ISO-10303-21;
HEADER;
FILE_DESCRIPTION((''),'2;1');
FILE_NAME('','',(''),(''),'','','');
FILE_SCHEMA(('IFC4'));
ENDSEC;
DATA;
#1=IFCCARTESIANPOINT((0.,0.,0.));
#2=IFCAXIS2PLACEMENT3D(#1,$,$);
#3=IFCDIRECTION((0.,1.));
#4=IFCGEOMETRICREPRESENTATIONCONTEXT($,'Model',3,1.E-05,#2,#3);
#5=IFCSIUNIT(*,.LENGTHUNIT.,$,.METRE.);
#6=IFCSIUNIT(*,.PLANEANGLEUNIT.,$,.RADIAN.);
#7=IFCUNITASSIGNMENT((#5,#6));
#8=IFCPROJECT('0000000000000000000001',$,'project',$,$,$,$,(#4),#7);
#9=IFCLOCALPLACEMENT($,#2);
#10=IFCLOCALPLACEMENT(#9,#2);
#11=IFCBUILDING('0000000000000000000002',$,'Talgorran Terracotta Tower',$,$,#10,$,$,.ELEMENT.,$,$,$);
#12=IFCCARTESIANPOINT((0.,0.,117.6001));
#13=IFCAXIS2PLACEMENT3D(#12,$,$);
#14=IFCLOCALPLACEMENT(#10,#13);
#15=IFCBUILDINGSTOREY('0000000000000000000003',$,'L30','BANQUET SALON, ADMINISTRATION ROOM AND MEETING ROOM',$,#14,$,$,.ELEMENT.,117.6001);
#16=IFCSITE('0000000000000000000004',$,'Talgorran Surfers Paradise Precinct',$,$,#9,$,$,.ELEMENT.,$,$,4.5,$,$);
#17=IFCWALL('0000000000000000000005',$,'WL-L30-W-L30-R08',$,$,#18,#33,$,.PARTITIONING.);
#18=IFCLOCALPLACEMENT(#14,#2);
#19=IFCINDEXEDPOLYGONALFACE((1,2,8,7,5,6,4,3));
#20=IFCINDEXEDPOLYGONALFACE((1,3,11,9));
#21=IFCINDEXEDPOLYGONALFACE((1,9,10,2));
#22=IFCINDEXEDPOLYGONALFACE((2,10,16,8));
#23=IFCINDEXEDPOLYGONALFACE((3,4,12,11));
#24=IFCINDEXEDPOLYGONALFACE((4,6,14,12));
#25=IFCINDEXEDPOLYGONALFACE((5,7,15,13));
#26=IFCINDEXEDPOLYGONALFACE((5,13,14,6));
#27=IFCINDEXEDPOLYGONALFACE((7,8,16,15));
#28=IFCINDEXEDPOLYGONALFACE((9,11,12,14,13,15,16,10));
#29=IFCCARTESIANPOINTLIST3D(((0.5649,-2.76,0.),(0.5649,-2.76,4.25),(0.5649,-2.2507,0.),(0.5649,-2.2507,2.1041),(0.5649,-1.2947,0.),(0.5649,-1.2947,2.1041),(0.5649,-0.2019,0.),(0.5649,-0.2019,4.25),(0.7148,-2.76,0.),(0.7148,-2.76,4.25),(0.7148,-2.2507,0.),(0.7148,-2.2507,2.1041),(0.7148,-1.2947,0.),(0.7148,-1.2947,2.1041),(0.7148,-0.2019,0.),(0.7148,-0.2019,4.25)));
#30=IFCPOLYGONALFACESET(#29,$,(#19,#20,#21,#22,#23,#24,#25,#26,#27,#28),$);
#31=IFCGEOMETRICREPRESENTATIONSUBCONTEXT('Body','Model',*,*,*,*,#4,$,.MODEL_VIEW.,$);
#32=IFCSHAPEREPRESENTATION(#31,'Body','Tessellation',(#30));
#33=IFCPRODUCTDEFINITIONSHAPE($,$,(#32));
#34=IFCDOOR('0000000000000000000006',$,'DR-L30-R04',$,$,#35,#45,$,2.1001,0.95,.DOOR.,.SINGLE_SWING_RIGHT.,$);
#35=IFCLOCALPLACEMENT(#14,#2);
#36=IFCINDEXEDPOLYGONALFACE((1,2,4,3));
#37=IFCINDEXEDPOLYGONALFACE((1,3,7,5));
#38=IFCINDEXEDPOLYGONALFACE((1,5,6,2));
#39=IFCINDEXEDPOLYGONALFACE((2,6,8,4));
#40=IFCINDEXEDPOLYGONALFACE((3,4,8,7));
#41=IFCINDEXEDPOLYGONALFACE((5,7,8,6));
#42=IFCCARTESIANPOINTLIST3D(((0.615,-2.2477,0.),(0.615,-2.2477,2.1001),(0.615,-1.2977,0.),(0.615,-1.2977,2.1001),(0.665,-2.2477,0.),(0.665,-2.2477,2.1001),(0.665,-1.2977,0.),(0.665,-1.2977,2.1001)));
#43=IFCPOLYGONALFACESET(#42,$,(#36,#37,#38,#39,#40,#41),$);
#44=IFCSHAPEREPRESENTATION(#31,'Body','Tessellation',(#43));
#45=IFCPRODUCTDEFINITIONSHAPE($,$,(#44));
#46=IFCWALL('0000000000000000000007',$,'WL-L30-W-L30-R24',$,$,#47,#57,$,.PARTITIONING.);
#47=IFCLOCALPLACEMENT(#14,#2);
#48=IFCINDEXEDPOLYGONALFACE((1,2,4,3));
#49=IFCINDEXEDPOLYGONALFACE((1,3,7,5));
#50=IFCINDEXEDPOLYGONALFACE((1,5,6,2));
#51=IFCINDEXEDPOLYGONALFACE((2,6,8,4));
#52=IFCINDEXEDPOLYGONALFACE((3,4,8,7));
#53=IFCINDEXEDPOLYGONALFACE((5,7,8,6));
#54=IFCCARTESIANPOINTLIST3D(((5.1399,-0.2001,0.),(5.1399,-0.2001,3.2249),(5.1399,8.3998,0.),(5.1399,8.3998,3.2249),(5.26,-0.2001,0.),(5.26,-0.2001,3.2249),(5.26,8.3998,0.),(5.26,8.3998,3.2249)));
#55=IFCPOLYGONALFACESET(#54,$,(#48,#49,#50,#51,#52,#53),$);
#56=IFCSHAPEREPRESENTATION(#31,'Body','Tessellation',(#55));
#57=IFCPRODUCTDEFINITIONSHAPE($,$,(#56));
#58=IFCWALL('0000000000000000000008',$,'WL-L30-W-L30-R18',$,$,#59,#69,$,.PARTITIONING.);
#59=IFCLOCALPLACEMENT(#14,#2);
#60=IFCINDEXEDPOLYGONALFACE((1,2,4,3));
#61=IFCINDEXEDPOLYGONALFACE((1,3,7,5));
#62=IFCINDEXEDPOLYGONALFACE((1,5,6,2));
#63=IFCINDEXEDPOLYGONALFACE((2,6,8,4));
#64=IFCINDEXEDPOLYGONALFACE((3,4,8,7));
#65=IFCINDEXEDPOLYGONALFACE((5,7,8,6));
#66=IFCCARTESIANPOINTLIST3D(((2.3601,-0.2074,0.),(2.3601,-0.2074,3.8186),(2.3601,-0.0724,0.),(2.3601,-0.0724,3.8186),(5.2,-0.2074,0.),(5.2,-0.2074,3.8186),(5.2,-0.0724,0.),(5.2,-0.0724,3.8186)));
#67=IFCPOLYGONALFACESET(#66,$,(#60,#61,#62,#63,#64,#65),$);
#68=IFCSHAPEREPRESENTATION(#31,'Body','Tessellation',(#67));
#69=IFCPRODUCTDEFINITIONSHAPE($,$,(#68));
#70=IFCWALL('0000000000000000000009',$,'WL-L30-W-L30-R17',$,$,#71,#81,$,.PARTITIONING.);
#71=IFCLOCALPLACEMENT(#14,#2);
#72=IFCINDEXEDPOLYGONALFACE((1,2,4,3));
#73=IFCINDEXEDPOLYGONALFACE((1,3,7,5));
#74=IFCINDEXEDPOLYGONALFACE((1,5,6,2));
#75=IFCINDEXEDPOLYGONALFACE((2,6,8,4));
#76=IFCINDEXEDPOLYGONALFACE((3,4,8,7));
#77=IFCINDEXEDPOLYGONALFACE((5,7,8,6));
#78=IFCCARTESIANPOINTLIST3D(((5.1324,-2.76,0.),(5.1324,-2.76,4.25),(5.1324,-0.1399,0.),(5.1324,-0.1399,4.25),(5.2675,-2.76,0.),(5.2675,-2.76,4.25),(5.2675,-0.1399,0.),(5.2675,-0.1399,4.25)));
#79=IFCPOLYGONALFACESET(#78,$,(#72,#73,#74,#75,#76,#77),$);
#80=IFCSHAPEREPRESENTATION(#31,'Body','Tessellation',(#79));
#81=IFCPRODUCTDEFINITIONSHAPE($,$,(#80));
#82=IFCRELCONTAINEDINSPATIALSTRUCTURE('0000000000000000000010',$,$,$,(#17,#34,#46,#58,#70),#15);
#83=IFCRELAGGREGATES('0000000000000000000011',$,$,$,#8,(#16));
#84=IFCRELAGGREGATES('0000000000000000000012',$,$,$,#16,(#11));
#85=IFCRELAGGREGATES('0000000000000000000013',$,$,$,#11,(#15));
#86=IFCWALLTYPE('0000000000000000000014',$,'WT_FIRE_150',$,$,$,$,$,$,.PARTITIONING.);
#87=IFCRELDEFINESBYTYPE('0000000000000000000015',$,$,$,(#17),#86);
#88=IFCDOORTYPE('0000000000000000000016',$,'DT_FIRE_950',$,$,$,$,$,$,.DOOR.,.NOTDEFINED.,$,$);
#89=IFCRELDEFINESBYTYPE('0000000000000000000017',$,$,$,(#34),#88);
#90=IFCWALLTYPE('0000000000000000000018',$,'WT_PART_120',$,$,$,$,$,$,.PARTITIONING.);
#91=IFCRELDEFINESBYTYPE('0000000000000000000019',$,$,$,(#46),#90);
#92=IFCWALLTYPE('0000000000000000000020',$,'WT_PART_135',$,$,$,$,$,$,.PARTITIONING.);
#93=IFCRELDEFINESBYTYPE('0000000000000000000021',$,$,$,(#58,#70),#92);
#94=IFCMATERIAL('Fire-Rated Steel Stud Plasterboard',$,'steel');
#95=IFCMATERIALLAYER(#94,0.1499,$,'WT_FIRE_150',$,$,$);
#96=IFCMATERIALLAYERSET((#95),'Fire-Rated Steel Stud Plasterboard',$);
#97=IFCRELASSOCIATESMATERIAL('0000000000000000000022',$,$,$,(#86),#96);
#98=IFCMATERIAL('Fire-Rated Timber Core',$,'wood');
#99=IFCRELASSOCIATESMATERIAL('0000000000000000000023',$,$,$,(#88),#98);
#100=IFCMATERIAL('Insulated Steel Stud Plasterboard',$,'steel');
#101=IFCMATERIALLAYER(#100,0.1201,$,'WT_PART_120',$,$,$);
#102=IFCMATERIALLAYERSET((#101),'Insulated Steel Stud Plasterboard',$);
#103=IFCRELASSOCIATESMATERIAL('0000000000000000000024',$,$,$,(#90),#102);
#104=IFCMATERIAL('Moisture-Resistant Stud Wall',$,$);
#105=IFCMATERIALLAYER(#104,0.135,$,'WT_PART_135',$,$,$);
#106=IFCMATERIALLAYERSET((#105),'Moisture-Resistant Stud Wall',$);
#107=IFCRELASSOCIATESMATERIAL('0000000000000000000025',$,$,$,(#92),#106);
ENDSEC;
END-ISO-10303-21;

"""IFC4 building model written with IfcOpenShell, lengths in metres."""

from ifc_helpers import new_model, si_unit, direction, frame, frame_2d, origin, place, context, subcontext, project, spatial, rectangle, extrude, material, layer, layer_set, type_object, element, fill, save


model = new_model("IFC4")

# Units and contexts
model_context = context("Model", 3, precision=1e-05, world=origin(), true_north=direction((0.0, 1.0)))
body_context = subcontext(model_context, "Body", "Model", "MODEL_VIEW")
ifc_project = project(units=[si_unit("LENGTHUNIT", "METRE"), si_unit("PLANEANGLEUNIT", "RADIAN")], contexts=[model_context])

# Site, building, storey
site_placement = place(None, origin())
site = spatial("IfcSite", under=ifc_project, at=site_placement, Name="Talgorran Surfers Paradise Precinct", CompositionType="ELEMENT", RefElevation=4.5)
building_placement = place(site_placement, origin())
building = spatial("IfcBuilding", under=site, at=building_placement, Name="Talgorran Terracotta Tower", CompositionType="ELEMENT")
storey_placement = place(building_placement, frame((0.0, 0.0, 117.6001)))
storey = spatial("IfcBuildingStorey", under=building, at=storey_placement, Name="L30", Description="BANQUET SALON, ADMINISTRATION ROOM AND MEETING ROOM", CompositionType="ELEMENT", Elevation=117.6001)

# Shared definitions
ifc_material_1 = material(Name="Fire-Rated Steel Stud Plasterboard", Category="steel")
ifc_layer_1 = layer(ifc_material_1, 0.1499, Name="WT_FIRE_150")
ifc_layer_set_1 = layer_set([ifc_layer_1], Name="Fire-Rated Steel Stud Plasterboard")
wall_type_1 = type_object("IfcWallType", Name="WT_FIRE_150", PredefinedType="PARTITIONING", material=ifc_layer_set_1)
ifc_material_2 = material(Name="Fire-Rated Timber Core", Category="wood")
door_type = type_object("IfcDoorType", Name="DT_FIRE_950", OperationType="NOTDEFINED", PredefinedType="DOOR", material=ifc_material_2)

# Wall, opening, door
wall_1_placement = place(storey_placement, frame((0.6399, -2.76, 0.0), z_axis=(0.0, 0.0, 1.0), x_axis=(0.0, 1.0, 0.0)))
wall_1 = element("IfcWall", 1, at=wall_1_placement, inside=storey, type_object=wall_type_1, Name="WL-L30-W-L30-R08", PredefinedType="PARTITIONING", context=body_context, shape_type="SweptSolid", body=[
    extrude(rectangle(XDim=2.5581, YDim=0.1499, at=frame_2d((1.2791, 0.0))), origin(), (0.0, 0.0, 1.0), 4.25),
])
opening_1_placement = place(wall_1_placement, frame((0.5122, 0.0, 0.0)))
opening_1 = element("IfcOpeningElement", 2, at=opening_1_placement, cuts=wall_1, PredefinedType="OPENING", context=body_context, shape_type="SweptSolid", body=[
    extrude(rectangle(XDim=0.956, YDim=2.1041, at=frame_2d((0.4751, 1.052))), frame((0.0, 0.085, 0.0), z_axis=(0.0, -1.0, 0.0), x_axis=(1.0, 0.0, 0.0)), (0.0, 0.0, 1.0), 0.1699),
])
door_1_placement = place(opening_1_placement, origin())
door_1 = element("IfcDoor", 3, at=door_1_placement, inside=storey, type_object=door_type, Name="DR-L30-R04", OperationType="SINGLE_SWING_RIGHT", OverallHeight=2.1001, OverallWidth=0.95, PredefinedType="DOOR", context=body_context, shape_type="SweptSolid", body=[
    extrude(rectangle(XDim=0.95, YDim=2.1001, at=frame_2d((0.4751, 1.05))), frame((0.0, 0.0249, 0.0), z_axis=(0.0, -1.0, 0.0), x_axis=(1.0, 0.0, 0.0)), (0.0, 0.0, 1.0), 0.05),
])
fill(opening_1, door_1)

# Walls
ifc_material_3 = material(Name="Insulated Steel Stud Plasterboard", Category="steel")
ifc_layer_2 = layer(ifc_material_3, 0.1201, Name="WT_PART_120")
ifc_layer_set_2 = layer_set([ifc_layer_2], Name="Insulated Steel Stud Plasterboard")
wall_type_2 = type_object("IfcWallType", Name="WT_PART_120", PredefinedType="PARTITIONING", material=ifc_layer_set_2)
wall_2_placement = place(storey_placement, frame((5.2, -0.2, 0.0), z_axis=(0.0, 0.0, 1.0), x_axis=(0.0, 1.0, 0.0)))
element("IfcWall", 4, at=wall_2_placement, inside=storey, type_object=wall_type_2, Name="WL-L30-W-L30-R24", PredefinedType="PARTITIONING", context=body_context, shape_type="SweptSolid", body=[
    extrude(rectangle(XDim=8.5999, YDim=0.1201, at=frame_2d((4.2998, 0.0))), origin(), (0.0, 0.0, 1.0), 3.2249),
])
ifc_material_4 = material(Name="Moisture-Resistant Stud Wall")
ifc_layer_3 = layer(ifc_material_4, 0.135, Name="WT_PART_135")
ifc_layer_set_3 = layer_set([ifc_layer_3], Name="Moisture-Resistant Stud Wall")
wall_type_3 = type_object("IfcWallType", Name="WT_PART_135", PredefinedType="PARTITIONING", material=ifc_layer_set_3)
wall_3_placement = place(storey_placement, frame((2.3601, -0.1399, 0.0), z_axis=(0.0, 0.0, 1.0), x_axis=(1.0, 0.0, 0.0)))
element("IfcWall", 5, at=wall_3_placement, inside=storey, type_object=wall_type_3, Name="WL-L30-W-L30-R18", PredefinedType="PARTITIONING", context=body_context, shape_type="SweptSolid", body=[
    extrude(rectangle(XDim=2.8398, YDim=0.135, at=frame_2d((1.4199, 0.0))), origin(), (0.0, 0.0, 1.0), 3.8186),
])
wall_4_placement = place(storey_placement, frame((5.2, -2.76, 0.0), z_axis=(0.0, 0.0, 1.0), x_axis=(0.0, 1.0, 0.0)))
element("IfcWall", 6, at=wall_4_placement, inside=storey, type_object=wall_type_3, Name="WL-L30-W-L30-R17", PredefinedType="PARTITIONING", context=body_context, shape_type="SweptSolid", body=[
    extrude(rectangle(XDim=2.6201, YDim=0.135, at=frame_2d((1.3101, 0.0))), origin(), (0.0, 0.0, 1.0), 4.25),
])

save(model, "model.ifc")
